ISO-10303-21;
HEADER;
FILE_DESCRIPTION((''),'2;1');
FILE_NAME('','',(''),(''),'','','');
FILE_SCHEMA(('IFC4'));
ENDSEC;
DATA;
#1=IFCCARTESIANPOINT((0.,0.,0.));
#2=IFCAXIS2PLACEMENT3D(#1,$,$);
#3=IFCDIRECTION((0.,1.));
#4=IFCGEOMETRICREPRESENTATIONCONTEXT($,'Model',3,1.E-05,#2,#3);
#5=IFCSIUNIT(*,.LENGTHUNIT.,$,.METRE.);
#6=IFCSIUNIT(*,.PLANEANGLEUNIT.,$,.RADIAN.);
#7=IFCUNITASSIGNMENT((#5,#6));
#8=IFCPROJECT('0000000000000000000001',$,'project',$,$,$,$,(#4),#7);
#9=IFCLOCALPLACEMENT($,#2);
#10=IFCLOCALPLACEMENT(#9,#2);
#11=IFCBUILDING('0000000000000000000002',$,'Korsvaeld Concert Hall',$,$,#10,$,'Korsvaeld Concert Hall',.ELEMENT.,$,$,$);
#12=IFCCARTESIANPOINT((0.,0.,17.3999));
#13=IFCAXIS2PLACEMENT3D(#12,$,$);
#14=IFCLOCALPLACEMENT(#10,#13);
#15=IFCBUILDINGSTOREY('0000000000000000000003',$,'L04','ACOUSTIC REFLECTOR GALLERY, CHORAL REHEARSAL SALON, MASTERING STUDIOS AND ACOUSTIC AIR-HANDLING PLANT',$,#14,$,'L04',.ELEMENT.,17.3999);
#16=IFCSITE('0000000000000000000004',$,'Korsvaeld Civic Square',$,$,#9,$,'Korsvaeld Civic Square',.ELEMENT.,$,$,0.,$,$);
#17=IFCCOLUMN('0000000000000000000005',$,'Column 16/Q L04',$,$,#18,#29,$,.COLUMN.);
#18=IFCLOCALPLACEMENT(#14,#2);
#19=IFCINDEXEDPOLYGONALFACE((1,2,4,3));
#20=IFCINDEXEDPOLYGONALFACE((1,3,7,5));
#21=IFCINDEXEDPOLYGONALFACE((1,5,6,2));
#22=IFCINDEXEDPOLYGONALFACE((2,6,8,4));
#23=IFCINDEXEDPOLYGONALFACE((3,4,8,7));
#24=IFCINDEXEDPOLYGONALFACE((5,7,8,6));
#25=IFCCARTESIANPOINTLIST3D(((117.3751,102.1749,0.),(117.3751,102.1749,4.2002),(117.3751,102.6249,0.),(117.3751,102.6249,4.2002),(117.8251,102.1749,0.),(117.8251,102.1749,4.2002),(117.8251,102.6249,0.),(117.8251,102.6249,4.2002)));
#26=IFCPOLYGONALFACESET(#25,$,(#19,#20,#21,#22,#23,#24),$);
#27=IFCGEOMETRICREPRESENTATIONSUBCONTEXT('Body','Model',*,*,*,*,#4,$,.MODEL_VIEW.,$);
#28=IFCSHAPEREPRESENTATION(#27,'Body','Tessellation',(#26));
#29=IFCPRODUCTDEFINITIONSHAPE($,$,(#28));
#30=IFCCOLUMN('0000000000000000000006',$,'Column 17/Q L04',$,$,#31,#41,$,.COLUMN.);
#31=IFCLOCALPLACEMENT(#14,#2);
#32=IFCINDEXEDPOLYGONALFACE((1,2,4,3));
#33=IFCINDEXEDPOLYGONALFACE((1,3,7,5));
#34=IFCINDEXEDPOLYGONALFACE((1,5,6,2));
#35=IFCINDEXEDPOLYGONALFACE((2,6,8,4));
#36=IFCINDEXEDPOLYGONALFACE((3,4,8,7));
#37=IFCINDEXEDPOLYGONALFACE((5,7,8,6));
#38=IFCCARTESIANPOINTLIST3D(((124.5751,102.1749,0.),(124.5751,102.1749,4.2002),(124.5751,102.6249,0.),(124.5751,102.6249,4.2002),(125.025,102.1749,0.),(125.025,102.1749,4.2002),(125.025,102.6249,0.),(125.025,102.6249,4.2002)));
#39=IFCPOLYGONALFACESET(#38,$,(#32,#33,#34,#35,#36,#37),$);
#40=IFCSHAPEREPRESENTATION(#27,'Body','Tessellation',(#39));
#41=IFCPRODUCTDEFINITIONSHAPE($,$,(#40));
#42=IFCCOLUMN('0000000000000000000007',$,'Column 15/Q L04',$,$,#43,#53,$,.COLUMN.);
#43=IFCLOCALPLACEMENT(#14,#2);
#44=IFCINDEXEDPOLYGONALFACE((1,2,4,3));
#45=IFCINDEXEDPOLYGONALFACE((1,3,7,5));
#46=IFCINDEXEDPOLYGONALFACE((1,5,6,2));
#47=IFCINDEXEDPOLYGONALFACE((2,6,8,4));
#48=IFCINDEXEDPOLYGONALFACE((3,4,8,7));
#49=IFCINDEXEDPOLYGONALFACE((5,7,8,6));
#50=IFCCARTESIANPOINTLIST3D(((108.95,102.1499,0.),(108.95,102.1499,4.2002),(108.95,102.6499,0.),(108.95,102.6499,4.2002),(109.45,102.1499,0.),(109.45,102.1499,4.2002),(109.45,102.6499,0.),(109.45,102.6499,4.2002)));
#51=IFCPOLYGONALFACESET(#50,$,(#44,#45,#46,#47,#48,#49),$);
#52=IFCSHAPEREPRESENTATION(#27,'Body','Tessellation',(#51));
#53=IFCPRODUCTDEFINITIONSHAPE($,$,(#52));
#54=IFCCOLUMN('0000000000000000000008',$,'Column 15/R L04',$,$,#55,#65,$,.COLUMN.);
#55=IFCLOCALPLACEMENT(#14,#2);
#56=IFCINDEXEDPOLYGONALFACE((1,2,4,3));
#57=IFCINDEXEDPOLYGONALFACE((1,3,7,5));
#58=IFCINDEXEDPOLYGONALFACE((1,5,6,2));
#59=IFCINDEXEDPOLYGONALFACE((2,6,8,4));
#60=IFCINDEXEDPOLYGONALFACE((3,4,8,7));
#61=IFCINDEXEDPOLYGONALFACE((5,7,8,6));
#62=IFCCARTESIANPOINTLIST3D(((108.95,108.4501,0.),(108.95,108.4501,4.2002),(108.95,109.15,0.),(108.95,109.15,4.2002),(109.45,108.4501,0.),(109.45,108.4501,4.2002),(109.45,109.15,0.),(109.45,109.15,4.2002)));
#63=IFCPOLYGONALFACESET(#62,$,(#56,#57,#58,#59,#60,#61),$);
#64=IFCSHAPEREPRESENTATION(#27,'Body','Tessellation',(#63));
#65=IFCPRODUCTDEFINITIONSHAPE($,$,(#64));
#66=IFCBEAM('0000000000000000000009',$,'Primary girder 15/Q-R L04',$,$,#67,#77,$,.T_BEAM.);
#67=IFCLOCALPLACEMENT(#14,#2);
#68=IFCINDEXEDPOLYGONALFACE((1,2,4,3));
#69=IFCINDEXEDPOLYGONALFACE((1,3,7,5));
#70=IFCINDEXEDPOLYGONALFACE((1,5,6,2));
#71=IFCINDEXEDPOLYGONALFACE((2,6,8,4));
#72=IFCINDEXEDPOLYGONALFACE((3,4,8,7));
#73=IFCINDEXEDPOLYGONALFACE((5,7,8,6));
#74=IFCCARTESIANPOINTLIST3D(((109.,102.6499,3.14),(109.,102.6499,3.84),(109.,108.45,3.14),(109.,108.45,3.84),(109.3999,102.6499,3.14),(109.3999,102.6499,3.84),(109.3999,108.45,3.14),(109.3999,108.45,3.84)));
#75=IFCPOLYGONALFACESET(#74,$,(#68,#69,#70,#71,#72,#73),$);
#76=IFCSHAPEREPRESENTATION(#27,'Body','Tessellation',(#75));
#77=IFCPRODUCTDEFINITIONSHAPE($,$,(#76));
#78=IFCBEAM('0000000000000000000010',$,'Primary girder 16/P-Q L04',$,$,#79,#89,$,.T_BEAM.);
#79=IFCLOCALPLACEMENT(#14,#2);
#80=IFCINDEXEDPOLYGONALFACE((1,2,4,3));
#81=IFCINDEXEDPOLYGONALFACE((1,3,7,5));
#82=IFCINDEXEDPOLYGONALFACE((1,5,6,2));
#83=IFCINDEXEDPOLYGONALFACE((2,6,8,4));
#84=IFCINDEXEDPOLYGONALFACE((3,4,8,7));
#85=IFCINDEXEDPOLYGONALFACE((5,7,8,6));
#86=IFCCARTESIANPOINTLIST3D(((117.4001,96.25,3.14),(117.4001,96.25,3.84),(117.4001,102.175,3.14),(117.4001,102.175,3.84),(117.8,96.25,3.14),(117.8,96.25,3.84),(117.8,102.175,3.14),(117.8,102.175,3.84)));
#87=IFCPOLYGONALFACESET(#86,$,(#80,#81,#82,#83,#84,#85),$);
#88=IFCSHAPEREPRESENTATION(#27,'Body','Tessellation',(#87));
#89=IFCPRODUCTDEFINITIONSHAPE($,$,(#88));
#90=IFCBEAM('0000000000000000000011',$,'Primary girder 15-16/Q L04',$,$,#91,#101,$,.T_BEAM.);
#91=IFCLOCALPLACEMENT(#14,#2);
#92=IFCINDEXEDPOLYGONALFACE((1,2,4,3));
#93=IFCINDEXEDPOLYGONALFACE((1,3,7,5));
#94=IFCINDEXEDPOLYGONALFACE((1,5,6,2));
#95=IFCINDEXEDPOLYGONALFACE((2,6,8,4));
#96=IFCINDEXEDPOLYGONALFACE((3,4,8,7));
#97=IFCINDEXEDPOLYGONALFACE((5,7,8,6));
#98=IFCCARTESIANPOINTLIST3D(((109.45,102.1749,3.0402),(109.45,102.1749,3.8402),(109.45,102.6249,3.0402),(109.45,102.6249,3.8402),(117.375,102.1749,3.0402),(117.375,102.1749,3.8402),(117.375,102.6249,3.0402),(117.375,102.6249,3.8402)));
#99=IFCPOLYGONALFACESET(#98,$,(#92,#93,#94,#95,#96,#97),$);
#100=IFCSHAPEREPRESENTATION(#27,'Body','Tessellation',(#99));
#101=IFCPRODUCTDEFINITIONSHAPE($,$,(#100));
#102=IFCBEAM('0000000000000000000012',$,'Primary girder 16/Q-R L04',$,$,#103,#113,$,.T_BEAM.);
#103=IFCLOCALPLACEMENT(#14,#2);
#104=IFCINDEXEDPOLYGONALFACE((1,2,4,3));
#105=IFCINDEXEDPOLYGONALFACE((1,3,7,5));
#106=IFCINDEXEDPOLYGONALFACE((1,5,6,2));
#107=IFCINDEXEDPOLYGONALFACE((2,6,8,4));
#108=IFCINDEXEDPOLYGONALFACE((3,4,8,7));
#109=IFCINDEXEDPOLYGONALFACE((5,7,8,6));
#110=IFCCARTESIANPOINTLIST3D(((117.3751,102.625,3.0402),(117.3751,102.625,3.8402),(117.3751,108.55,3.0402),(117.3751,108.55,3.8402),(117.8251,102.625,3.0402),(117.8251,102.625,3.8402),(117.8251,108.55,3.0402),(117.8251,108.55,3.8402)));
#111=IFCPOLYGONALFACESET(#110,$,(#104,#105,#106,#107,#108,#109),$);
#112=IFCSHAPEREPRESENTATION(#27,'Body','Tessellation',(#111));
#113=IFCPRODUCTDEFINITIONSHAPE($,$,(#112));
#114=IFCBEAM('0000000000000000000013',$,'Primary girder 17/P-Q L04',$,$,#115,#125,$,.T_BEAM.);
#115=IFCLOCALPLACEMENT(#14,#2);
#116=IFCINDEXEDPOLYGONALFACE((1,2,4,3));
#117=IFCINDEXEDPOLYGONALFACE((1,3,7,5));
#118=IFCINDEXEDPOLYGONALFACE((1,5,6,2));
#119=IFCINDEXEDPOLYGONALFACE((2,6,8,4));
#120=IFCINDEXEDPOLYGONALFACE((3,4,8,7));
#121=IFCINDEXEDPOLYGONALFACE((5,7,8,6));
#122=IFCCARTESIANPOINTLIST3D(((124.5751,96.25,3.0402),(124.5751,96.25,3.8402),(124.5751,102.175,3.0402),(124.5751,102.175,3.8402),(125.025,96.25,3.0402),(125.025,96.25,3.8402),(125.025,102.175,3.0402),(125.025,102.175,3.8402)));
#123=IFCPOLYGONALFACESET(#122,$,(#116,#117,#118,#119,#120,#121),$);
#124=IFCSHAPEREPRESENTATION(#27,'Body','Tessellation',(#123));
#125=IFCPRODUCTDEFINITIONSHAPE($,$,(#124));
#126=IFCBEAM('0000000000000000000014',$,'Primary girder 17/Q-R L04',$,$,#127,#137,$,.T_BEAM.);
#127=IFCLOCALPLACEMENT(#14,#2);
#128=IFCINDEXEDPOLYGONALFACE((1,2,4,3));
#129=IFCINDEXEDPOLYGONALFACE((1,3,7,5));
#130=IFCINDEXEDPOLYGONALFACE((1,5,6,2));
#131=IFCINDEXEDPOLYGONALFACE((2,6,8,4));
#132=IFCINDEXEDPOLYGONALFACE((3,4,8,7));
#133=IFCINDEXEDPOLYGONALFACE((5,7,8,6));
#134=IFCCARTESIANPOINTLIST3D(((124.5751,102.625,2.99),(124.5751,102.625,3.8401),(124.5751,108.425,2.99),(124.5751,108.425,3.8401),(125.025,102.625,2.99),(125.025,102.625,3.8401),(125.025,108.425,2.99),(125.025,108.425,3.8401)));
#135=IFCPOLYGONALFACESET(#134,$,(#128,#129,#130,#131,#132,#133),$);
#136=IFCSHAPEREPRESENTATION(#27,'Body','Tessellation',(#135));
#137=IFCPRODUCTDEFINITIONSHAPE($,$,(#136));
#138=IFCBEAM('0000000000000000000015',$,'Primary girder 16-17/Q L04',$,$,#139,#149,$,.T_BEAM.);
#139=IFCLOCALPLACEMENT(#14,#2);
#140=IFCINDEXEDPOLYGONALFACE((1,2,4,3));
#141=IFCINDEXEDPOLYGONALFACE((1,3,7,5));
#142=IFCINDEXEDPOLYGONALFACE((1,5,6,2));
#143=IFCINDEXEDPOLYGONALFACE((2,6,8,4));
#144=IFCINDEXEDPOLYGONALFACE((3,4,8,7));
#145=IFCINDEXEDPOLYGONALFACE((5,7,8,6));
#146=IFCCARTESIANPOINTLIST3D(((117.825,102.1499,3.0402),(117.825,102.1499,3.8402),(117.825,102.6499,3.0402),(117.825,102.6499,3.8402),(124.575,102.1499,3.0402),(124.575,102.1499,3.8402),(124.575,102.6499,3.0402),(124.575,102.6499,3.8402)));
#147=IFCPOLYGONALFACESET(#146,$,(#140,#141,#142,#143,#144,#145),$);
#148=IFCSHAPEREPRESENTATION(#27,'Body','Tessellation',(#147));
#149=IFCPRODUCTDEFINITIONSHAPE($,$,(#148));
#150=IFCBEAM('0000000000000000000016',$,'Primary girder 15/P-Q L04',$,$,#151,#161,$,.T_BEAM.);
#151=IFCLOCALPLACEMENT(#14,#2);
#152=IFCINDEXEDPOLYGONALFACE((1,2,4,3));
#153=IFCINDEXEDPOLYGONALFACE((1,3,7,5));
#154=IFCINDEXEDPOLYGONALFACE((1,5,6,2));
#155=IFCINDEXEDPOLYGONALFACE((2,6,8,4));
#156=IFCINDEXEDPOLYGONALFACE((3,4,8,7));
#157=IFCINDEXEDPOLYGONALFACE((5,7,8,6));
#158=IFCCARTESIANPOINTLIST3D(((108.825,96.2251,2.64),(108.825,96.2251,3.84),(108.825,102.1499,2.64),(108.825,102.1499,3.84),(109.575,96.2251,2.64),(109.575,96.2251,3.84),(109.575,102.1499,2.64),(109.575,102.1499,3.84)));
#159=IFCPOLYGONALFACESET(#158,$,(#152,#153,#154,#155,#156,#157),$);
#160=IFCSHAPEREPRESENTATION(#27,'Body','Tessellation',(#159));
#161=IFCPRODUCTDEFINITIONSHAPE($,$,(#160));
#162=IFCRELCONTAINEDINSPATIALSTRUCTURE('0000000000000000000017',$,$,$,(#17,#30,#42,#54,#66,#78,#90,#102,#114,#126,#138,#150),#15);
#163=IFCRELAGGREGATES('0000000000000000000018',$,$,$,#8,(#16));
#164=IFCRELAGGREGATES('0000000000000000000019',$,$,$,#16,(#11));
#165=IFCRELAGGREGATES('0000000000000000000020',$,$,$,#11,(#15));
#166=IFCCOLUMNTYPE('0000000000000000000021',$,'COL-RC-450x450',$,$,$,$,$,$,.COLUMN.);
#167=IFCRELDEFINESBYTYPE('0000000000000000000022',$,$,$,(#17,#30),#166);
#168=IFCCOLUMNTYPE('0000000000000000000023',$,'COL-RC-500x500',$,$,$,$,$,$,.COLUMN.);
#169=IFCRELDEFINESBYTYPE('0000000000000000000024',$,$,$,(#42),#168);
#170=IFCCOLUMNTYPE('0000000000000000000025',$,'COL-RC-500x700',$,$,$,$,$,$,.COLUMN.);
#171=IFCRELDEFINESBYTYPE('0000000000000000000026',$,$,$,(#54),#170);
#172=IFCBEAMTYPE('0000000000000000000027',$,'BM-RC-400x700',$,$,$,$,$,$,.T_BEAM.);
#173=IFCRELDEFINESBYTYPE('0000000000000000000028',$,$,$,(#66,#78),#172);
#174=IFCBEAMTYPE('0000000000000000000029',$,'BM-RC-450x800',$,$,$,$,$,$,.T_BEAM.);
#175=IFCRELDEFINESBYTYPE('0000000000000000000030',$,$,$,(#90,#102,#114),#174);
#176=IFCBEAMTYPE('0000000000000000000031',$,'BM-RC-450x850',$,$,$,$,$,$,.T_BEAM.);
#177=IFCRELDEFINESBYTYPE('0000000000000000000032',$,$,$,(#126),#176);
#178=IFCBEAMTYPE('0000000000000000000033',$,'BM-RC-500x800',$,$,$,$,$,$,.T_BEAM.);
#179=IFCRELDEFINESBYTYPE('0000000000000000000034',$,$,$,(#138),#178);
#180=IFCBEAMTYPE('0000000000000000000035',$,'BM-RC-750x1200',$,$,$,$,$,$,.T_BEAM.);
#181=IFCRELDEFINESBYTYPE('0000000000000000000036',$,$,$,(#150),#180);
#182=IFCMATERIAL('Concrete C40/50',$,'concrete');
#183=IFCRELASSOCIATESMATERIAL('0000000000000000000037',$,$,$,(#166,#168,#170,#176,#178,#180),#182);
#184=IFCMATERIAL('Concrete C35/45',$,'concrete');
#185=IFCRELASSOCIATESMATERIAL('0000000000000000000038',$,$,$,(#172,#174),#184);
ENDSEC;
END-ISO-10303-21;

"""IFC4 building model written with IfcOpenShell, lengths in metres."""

from ifc_helpers import new_model, si_unit, direction, frame, origin, origin_2d, place, context, subcontext, project, spatial, rectangle, extrude, material, material_profile, profile_set, type_object, element, save


model = new_model("IFC4")

# Units and contexts
model_context = context("Model", 3, precision=1e-05, world=origin(), true_north=direction((0.0, 1.0)))
body_context = subcontext(model_context, "Body", "Model", "MODEL_VIEW")
ifc_project = project(units=[si_unit("LENGTHUNIT", "METRE"), si_unit("PLANEANGLEUNIT", "RADIAN")], contexts=[model_context])

# Site, building, storey
site_placement = place(None, origin())
site = spatial("IfcSite", under=ifc_project, at=site_placement, Name="Korsvaeld Civic Square", LongName="Korsvaeld Civic Square", CompositionType="ELEMENT", RefElevation=0.0)
building_placement = place(site_placement, origin())
building = spatial("IfcBuilding", under=site, at=building_placement, Name="Korsvaeld Concert Hall", LongName="Korsvaeld Concert Hall", CompositionType="ELEMENT")
storey_placement = place(building_placement, frame((0.0, 0.0, 17.3999)))
storey = spatial("IfcBuildingStorey", under=building, at=storey_placement, Name="L04", Description="ACOUSTIC REFLECTOR GALLERY, CHORAL REHEARSAL SALON, MASTERING STUDIOS AND ACOUSTIC AIR-HANDLING PLANT", LongName="L04", CompositionType="ELEMENT", Elevation=17.3999)

# Columns
ifc_material_1 = material(Name="Concrete C40/50", Category="concrete")
ifc_material_profile_1 = material_profile(ifc_material_1, rectangle(XDim=0.45, YDim=0.45, at=origin_2d()), Name="RC 450x450")
ifc_profile_set_1 = profile_set([ifc_material_profile_1], Name="Concrete C40/50")
column_type_1 = type_object("IfcColumnType", Name="COL-RC-450x450", PredefinedType="COLUMN", material=ifc_profile_set_1)
for number, where, z_axis, x_axis, name in (
    (1, (117.6001, 102.3999, 0.0), (0.0, 0.0, 1.0), (1.0, 0.0, 0.0), "Column 16/Q L04"),
    (2, (124.8, 102.3999, 0.0), (0.0, 0.0, 1.0), (1.0, 0.0, 0.0), "Column 17/Q L04"),
):
    element("IfcColumn", number, at=place(storey_placement, frame(where, z_axis=z_axis, x_axis=x_axis)), inside=storey, type_object=column_type_1, Name=name, PredefinedType="COLUMN", context=body_context, shape_type="SweptSolid", body=[
        extrude(rectangle(XDim=0.45, YDim=0.45, at=origin_2d()), origin(), (0.0, 0.0, 1.0), 4.2002),
    ])
ifc_material_profile_2 = material_profile(ifc_material_1, rectangle(XDim=0.5, YDim=0.5, at=origin_2d()), Name="RC 500x500")
ifc_profile_set_2 = profile_set([ifc_material_profile_2], Name="Concrete C40/50")
column_type_2 = type_object("IfcColumnType", Name="COL-RC-500x500", PredefinedType="COLUMN", material=ifc_profile_set_2)
column_1_placement = place(storey_placement, frame((109.2, 102.3999, 0.0), z_axis=(0.0, 0.0, 1.0), x_axis=(1.0, 0.0, 0.0)))
element("IfcColumn", 3, at=column_1_placement, inside=storey, type_object=column_type_2, Name="Column 15/Q L04", PredefinedType="COLUMN", context=body_context, shape_type="SweptSolid", body=[
    extrude(rectangle(XDim=0.5, YDim=0.5, at=origin_2d()), origin(), (0.0, 0.0, 1.0), 4.2002),
])
ifc_material_profile_3 = material_profile(ifc_material_1, rectangle(XDim=0.5, YDim=0.7, at=origin_2d()), Name="RC 500x700")
ifc_profile_set_3 = profile_set([ifc_material_profile_3], Name="Concrete C40/50")
column_type_3 = type_object("IfcColumnType", Name="COL-RC-500x700", PredefinedType="COLUMN", material=ifc_profile_set_3)
column_2_placement = place(storey_placement, frame((109.2, 108.8, 0.0), z_axis=(0.0, 0.0, 1.0), x_axis=(1.0, 0.0, 0.0)))
element("IfcColumn", 4, at=column_2_placement, inside=storey, type_object=column_type_3, Name="Column 15/R L04", PredefinedType="COLUMN", context=body_context, shape_type="SweptSolid", body=[
    extrude(rectangle(XDim=0.5, YDim=0.7, at=origin_2d()), origin(), (0.0, 0.0, 1.0), 4.2002),
])

# Beams
ifc_material_2 = material(Name="Concrete C35/45", Category="concrete")
ifc_material_profile_4 = material_profile(ifc_material_2, rectangle(XDim=0.3999, YDim=0.7, at=origin_2d()), Name="RC 400x700")
ifc_profile_set_4 = profile_set([ifc_material_profile_4], Name="Concrete C35/45")
beam_type_1 = type_object("IfcBeamType", Name="BM-RC-400x700", PredefinedType="T_BEAM", material=ifc_profile_set_4)
beam_1_placement = place(storey_placement, frame((109.2, 102.6499, 3.49), z_axis=(0.0, 1.0, 0.0), x_axis=(-1.0, 0.0, 0.0)))
element("IfcBeam", 5, at=beam_1_placement, inside=storey, type_object=beam_type_1, Name="Primary girder 15/Q-R L04", PredefinedType="T_BEAM", context=body_context, shape_type="SweptSolid", body=[
    extrude(rectangle(XDim=0.3999, YDim=0.7, at=origin_2d()), origin(), (0.0, 0.0, 1.0), 5.8),
])
beam_2_placement = place(storey_placement, frame((117.6001, 96.25, 3.49), z_axis=(0.0, 1.0, 0.0), x_axis=(-1.0, 0.0, 0.0)))
element("IfcBeam", 6, at=beam_2_placement, inside=storey, type_object=beam_type_1, Name="Primary girder 16/P-Q L04", PredefinedType="T_BEAM", context=body_context, shape_type="SweptSolid", body=[
    extrude(rectangle(XDim=0.3999, YDim=0.7, at=origin_2d()), origin(), (0.0, 0.0, 1.0), 5.925),
])
ifc_material_profile_5 = material_profile(ifc_material_2, rectangle(XDim=0.45, YDim=0.8, at=origin_2d()), Name="RC 450x800")
ifc_profile_set_5 = profile_set([ifc_material_profile_5], Name="Concrete C35/45")
beam_type_2 = type_object("IfcBeamType", Name="BM-RC-450x800", PredefinedType="T_BEAM", material=ifc_profile_set_5)
beam_3_placement = place(storey_placement, frame((109.45, 102.3999, 3.4402), z_axis=(1.0, 0.0, 0.0), x_axis=(0.0, 1.0, 0.0)))
element("IfcBeam", 7, at=beam_3_placement, inside=storey, type_object=beam_type_2, Name="Primary girder 15-16/Q L04", PredefinedType="T_BEAM", context=body_context, shape_type="SweptSolid", body=[
    extrude(rectangle(XDim=0.45, YDim=0.8, at=origin_2d()), origin(), (0.0, 0.0, 1.0), 7.925),
])
for number, where, z_axis, x_axis, name in (
    (8, (117.6001, 102.625, 3.4402), (0.0, 1.0, 0.0), (-1.0, 0.0, 0.0), "Primary girder 16/Q-R L04"),
    (9, (124.8, 96.25, 3.4402), (0.0, 1.0, 0.0), (-1.0, 0.0, 0.0), "Primary girder 17/P-Q L04"),
):
    element("IfcBeam", number, at=place(storey_placement, frame(where, z_axis=z_axis, x_axis=x_axis)), inside=storey, type_object=beam_type_2, Name=name, PredefinedType="T_BEAM", context=body_context, shape_type="SweptSolid", body=[
        extrude(rectangle(XDim=0.45, YDim=0.8, at=origin_2d()), origin(), (0.0, 0.0, 1.0), 5.925),
    ])
ifc_material_profile_6 = material_profile(ifc_material_1, rectangle(XDim=0.45, YDim=0.8501, at=origin_2d()), Name="RC 450x850")
ifc_profile_set_6 = profile_set([ifc_material_profile_6], Name="Concrete C40/50")
beam_type_3 = type_object("IfcBeamType", Name="BM-RC-450x850", PredefinedType="T_BEAM", material=ifc_profile_set_6)
beam_4_placement = place(storey_placement, frame((124.8, 102.625, 3.415), z_axis=(0.0, 1.0, 0.0), x_axis=(-1.0, 0.0, 0.0)))
element("IfcBeam", 10, at=beam_4_placement, inside=storey, type_object=beam_type_3, Name="Primary girder 17/Q-R L04", PredefinedType="T_BEAM", context=body_context, shape_type="SweptSolid", body=[
    extrude(rectangle(XDim=0.45, YDim=0.8501, at=origin_2d()), origin(), (0.0, 0.0, 1.0), 5.8),
])
ifc_material_profile_7 = material_profile(ifc_material_1, rectangle(XDim=0.5, YDim=0.8, at=origin_2d()), Name="RC 500x800")
ifc_profile_set_7 = profile_set([ifc_material_profile_7], Name="Concrete C40/50")
beam_type_4 = type_object("IfcBeamType", Name="BM-RC-500x800", PredefinedType="T_BEAM", material=ifc_profile_set_7)
beam_5_placement = place(storey_placement, frame((117.825, 102.3999, 3.4402), z_axis=(1.0, 0.0, 0.0), x_axis=(0.0, 1.0, 0.0)))
element("IfcBeam", 11, at=beam_5_placement, inside=storey, type_object=beam_type_4, Name="Primary girder 16-17/Q L04", PredefinedType="T_BEAM", context=body_context, shape_type="SweptSolid", body=[
    extrude(rectangle(XDim=0.5, YDim=0.8, at=origin_2d()), origin(), (0.0, 0.0, 1.0), 6.75),
])
ifc_material_profile_8 = material_profile(ifc_material_1, rectangle(XDim=0.75, YDim=1.2, at=origin_2d()), Name="RC 750x1200")
ifc_profile_set_8 = profile_set([ifc_material_profile_8], Name="Concrete C40/50")
beam_type_5 = type_object("IfcBeamType", Name="BM-RC-750x1200", PredefinedType="T_BEAM", material=ifc_profile_set_8)
beam_6_placement = place(storey_placement, frame((109.2, 96.2251, 3.24), z_axis=(0.0, 1.0, 0.0), x_axis=(-1.0, 0.0, 0.0)))
element("IfcBeam", 12, at=beam_6_placement, inside=storey, type_object=beam_type_5, Name="Primary girder 15/P-Q L04", PredefinedType="T_BEAM", context=body_context, shape_type="SweptSolid", body=[
    extrude(rectangle(XDim=0.75, YDim=1.2, at=origin_2d()), origin(), (0.0, 0.0, 1.0), 5.9248),
])

save(model, "model.ifc")
